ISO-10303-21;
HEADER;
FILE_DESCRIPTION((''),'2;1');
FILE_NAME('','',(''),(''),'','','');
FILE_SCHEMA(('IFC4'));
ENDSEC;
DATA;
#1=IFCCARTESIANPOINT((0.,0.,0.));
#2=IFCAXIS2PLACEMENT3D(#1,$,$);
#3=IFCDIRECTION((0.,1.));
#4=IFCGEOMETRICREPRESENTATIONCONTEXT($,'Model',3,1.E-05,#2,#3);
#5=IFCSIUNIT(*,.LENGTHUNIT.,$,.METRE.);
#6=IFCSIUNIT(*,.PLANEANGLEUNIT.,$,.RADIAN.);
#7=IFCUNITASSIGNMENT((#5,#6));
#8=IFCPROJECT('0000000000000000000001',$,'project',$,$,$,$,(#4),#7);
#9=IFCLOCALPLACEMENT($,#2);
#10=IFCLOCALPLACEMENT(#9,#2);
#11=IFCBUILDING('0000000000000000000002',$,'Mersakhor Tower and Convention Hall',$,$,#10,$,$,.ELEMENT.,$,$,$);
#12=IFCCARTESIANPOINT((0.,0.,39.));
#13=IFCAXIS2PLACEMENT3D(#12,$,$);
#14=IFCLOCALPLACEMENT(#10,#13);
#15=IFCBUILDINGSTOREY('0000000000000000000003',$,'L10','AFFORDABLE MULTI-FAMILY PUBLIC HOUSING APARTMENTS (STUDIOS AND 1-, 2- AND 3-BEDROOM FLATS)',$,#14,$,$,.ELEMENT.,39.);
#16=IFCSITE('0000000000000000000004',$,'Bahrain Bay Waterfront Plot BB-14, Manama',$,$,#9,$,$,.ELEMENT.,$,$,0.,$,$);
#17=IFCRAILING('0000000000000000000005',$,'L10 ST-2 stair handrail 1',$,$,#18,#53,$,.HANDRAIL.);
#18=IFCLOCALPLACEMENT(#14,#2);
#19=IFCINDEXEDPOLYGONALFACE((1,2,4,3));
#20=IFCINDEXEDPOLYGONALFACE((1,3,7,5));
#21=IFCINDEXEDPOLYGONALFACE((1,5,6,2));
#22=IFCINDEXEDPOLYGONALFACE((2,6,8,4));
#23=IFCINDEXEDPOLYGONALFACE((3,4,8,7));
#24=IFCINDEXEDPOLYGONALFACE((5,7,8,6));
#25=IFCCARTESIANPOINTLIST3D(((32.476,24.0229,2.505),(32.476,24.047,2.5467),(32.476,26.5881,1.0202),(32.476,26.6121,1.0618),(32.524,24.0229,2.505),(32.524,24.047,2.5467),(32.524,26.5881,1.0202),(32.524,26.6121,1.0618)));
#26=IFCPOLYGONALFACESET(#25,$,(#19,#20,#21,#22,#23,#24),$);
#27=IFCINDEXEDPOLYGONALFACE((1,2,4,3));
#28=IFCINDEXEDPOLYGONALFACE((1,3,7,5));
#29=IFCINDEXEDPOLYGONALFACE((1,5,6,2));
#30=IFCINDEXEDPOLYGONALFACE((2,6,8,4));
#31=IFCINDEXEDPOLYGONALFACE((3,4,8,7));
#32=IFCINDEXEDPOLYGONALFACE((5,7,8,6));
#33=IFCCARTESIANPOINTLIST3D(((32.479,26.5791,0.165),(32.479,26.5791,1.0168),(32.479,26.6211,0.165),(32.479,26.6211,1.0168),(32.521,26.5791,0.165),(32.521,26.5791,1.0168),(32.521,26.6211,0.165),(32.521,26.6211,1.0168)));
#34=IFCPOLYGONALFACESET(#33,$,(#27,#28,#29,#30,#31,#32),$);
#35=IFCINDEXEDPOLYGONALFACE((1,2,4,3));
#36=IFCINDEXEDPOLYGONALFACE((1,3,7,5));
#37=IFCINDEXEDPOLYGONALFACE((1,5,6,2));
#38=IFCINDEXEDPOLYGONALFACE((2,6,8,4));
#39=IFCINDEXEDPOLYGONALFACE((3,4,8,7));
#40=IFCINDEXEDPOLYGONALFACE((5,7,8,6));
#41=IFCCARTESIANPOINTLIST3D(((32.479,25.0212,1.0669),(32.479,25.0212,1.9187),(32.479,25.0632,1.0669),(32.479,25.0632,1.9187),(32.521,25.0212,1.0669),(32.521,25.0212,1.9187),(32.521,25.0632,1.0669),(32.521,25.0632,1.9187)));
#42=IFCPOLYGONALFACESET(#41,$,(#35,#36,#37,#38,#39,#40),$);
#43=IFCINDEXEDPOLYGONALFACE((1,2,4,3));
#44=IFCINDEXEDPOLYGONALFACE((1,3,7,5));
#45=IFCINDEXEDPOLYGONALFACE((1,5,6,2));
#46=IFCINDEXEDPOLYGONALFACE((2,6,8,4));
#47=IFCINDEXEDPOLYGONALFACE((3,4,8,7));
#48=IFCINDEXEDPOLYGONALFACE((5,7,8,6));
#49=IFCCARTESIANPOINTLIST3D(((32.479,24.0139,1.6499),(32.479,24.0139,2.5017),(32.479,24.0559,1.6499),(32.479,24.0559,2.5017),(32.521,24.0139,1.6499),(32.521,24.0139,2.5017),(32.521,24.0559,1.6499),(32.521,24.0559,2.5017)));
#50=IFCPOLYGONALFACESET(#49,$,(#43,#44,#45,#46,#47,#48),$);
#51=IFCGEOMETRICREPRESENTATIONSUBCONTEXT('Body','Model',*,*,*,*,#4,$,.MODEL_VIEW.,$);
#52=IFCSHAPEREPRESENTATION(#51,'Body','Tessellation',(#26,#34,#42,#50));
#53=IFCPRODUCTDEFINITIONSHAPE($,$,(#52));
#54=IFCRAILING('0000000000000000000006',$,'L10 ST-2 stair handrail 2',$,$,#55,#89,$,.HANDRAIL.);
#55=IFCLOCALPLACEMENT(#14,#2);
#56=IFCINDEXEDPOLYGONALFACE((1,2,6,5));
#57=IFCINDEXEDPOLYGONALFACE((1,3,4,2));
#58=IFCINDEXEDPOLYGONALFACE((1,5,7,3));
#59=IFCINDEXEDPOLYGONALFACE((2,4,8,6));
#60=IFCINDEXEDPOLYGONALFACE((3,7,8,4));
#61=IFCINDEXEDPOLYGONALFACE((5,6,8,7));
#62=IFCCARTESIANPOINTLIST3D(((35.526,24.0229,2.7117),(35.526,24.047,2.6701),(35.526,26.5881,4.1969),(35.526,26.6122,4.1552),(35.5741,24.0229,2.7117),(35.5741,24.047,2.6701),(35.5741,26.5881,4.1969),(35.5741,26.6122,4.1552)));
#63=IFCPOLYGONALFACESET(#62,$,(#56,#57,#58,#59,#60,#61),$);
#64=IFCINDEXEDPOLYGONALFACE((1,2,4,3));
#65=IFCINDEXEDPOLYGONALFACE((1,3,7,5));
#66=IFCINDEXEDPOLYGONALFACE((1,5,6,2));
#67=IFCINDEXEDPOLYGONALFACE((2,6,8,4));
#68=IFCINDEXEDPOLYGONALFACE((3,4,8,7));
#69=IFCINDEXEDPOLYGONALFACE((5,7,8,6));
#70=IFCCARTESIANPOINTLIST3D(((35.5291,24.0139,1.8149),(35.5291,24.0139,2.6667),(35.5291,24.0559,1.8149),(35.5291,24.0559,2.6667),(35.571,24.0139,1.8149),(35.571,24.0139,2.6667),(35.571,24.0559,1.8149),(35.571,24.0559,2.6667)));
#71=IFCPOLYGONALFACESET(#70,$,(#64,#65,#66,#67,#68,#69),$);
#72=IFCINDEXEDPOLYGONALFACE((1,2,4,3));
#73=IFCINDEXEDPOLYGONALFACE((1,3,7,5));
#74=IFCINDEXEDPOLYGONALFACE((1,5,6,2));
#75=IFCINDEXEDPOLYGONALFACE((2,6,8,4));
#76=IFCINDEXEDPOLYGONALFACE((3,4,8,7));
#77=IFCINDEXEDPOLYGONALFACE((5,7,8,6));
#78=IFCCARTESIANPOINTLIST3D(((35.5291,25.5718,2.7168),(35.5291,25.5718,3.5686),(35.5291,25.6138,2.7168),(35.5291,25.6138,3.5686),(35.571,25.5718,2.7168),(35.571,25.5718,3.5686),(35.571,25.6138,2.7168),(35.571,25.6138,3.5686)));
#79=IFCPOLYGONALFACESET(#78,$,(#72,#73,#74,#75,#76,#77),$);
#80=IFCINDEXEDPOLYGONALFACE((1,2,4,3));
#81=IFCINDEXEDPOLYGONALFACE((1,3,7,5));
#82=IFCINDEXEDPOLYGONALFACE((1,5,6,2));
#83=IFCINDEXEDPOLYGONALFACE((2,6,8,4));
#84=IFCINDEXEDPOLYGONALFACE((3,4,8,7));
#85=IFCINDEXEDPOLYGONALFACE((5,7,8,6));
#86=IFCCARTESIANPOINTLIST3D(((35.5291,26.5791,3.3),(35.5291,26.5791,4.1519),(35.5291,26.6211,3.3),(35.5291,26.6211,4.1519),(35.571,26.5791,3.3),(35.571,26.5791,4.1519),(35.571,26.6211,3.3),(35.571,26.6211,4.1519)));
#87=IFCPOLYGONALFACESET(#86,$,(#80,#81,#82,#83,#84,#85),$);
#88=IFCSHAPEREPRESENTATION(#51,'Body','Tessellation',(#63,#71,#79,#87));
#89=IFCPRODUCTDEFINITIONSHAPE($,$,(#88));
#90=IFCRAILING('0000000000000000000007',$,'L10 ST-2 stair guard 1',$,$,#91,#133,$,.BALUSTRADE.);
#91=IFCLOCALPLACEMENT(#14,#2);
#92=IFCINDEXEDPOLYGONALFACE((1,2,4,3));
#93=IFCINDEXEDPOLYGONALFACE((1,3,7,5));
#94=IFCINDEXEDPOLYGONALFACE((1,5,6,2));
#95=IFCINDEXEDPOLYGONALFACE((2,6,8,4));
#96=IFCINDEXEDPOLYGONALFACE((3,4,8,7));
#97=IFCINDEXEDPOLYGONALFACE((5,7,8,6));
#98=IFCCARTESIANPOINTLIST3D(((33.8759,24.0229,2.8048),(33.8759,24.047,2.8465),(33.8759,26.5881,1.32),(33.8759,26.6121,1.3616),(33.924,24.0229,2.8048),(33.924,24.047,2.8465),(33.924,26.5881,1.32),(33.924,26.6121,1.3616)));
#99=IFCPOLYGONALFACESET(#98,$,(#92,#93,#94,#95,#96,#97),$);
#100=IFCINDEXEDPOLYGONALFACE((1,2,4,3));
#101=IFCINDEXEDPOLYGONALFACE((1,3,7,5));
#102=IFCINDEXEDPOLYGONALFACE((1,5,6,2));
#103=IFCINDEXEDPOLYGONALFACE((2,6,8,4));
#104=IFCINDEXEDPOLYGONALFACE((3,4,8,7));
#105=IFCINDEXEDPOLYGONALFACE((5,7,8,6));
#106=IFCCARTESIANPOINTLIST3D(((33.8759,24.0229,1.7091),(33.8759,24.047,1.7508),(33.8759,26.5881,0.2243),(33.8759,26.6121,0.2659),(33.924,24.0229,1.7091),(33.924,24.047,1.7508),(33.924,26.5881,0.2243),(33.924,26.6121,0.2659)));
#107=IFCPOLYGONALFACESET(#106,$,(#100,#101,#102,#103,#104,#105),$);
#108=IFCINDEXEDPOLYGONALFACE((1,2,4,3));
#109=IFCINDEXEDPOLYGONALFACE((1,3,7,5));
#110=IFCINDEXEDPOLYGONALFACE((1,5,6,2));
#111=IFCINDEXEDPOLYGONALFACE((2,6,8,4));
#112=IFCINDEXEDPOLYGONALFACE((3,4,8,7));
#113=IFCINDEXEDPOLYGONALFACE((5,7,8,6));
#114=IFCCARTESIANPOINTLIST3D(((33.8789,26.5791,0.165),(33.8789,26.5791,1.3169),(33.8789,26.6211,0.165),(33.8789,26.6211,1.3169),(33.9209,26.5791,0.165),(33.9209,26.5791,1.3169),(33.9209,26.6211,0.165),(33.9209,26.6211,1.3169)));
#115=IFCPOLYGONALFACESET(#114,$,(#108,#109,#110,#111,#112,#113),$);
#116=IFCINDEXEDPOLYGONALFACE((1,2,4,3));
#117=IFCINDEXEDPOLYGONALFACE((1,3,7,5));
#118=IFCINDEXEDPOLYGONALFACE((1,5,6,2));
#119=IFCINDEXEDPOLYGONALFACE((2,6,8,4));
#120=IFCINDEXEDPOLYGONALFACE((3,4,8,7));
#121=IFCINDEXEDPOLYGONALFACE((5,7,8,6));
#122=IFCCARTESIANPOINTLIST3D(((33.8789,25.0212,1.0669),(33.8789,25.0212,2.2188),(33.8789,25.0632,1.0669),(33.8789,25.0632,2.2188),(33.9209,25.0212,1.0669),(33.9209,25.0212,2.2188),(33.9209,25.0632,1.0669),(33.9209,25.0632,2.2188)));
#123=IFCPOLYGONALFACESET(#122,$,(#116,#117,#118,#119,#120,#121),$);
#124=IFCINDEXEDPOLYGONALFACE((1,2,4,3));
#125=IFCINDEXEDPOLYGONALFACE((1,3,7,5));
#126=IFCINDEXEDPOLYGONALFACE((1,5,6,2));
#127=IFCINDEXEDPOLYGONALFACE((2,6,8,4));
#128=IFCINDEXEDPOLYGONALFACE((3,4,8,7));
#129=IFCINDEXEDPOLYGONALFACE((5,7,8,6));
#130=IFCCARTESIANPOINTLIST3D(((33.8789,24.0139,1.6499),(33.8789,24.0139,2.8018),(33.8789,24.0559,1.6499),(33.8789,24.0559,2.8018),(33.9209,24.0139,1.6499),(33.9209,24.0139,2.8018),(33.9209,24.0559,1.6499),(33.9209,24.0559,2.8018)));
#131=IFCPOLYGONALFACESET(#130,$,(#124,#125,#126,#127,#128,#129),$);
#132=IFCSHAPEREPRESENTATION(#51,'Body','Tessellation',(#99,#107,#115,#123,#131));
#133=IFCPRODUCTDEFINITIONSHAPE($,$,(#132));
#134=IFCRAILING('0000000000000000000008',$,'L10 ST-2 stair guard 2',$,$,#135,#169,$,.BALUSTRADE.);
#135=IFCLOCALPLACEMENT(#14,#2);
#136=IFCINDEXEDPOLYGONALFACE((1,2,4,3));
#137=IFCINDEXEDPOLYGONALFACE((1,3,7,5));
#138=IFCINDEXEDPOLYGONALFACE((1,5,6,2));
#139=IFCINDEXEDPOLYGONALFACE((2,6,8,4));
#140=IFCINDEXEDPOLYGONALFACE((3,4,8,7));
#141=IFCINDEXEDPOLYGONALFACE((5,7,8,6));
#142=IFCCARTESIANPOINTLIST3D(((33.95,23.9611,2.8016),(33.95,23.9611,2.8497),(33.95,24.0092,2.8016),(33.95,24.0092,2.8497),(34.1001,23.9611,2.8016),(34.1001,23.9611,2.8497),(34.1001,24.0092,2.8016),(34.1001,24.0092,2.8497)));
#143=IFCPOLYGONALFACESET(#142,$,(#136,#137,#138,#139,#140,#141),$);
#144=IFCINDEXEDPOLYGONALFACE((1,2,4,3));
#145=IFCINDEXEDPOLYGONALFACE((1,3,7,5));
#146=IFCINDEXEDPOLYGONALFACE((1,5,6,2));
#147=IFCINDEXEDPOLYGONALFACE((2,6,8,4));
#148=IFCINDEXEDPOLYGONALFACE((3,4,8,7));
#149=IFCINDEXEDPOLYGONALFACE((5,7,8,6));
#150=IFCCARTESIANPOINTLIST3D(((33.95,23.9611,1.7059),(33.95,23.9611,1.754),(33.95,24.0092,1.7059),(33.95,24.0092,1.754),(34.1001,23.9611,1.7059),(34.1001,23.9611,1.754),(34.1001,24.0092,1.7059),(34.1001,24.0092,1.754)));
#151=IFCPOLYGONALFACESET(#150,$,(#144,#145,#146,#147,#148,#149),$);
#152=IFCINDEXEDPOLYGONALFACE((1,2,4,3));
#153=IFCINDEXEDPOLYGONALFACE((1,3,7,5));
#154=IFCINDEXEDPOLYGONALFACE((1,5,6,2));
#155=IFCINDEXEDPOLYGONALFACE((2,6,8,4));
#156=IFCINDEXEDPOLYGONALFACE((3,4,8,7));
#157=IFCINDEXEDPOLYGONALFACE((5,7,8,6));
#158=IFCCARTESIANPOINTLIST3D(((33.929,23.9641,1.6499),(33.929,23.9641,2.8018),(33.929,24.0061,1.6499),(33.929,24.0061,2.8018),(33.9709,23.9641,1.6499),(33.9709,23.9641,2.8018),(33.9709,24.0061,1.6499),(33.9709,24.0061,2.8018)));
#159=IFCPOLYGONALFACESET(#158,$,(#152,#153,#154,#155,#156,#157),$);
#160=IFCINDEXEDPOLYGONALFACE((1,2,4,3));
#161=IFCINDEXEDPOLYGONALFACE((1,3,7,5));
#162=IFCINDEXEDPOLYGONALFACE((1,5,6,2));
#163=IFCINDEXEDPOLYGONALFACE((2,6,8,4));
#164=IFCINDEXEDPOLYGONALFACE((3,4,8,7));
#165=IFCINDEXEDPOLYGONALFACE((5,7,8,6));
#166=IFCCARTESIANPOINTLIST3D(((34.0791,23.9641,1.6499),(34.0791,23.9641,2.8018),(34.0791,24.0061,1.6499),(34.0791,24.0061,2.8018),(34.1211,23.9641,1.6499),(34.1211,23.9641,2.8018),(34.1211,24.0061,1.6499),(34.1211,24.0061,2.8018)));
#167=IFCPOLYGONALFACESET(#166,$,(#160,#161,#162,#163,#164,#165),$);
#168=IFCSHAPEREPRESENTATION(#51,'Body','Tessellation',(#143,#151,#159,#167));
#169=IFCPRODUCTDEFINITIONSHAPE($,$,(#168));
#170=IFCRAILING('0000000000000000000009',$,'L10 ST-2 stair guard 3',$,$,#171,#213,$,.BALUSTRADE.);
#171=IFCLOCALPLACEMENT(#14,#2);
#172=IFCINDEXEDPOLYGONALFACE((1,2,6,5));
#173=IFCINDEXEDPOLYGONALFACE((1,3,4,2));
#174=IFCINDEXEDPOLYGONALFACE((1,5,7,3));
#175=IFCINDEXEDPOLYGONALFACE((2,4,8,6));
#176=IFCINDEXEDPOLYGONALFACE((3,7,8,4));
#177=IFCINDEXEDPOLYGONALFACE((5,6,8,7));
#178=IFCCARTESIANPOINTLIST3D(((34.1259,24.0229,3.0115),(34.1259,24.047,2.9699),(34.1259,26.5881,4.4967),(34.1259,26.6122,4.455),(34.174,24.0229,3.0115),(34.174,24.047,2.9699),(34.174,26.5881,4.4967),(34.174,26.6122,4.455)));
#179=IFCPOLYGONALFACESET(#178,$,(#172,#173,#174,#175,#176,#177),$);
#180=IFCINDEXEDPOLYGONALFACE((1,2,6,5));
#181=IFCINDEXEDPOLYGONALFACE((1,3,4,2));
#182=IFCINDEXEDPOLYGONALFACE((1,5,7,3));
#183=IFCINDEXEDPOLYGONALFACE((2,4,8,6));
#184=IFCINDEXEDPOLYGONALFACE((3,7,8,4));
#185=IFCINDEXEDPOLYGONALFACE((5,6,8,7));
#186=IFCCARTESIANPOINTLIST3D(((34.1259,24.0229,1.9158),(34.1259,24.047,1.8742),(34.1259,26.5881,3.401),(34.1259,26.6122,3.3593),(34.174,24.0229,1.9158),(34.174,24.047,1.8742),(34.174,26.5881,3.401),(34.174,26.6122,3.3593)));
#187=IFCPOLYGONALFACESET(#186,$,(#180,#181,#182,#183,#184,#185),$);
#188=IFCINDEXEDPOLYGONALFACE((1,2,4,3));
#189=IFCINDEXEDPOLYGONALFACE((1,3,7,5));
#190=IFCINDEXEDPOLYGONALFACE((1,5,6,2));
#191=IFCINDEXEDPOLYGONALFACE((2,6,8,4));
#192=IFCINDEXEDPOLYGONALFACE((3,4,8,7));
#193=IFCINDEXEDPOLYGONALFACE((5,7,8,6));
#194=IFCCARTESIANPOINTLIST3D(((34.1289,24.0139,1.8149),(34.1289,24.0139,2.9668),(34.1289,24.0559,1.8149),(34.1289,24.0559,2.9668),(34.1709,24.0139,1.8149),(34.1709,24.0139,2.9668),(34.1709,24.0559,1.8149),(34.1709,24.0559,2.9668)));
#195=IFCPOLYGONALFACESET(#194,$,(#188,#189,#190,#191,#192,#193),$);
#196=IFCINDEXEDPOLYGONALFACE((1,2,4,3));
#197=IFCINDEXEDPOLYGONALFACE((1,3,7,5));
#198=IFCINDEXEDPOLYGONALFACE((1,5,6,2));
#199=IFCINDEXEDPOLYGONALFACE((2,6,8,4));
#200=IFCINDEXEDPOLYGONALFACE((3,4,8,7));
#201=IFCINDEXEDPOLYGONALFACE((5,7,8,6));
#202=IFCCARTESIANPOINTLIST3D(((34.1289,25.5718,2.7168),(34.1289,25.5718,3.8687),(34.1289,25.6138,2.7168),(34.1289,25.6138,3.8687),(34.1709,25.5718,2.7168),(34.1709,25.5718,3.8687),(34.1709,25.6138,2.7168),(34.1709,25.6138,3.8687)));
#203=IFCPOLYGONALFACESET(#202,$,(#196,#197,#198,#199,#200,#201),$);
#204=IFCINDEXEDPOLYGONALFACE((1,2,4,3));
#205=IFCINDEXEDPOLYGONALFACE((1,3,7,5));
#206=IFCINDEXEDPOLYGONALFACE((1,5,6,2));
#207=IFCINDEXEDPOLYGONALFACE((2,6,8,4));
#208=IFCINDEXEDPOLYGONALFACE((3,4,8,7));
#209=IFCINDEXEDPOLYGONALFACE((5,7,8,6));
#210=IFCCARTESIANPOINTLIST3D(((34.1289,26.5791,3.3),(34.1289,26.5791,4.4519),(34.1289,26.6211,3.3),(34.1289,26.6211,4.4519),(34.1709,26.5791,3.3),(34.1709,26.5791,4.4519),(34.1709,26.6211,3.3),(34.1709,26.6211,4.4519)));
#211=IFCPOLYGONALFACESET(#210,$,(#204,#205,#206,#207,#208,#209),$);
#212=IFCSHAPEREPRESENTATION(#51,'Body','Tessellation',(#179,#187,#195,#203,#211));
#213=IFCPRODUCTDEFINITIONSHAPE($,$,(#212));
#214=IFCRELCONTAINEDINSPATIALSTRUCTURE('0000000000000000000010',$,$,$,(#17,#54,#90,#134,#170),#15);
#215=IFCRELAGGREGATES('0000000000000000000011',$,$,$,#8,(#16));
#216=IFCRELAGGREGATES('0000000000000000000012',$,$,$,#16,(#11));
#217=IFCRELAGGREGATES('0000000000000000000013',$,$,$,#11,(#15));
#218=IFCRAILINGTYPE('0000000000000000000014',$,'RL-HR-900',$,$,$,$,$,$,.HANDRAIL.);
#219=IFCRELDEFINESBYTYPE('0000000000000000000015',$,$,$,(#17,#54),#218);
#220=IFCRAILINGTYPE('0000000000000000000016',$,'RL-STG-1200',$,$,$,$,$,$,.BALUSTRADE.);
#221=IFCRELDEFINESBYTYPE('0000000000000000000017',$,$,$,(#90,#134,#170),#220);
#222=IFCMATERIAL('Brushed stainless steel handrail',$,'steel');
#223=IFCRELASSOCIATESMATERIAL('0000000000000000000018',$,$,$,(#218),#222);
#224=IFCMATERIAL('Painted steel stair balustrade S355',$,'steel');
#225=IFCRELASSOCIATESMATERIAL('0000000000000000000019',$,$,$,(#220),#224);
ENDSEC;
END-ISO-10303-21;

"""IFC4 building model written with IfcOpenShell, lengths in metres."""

from ifc_helpers import new_model, si_unit, direction, frame, origin, origin_2d, place, context, subcontext, project, spatial, rectangle, extrude, material, type_object, element, save


model = new_model("IFC4")

# Units and contexts
model_context = context("Model", 3, precision=1e-05, world=origin(), true_north=direction((0.0, 1.0)))
body_context = subcontext(model_context, "Body", "Model", "MODEL_VIEW")
ifc_project = project(units=[si_unit("LENGTHUNIT", "METRE"), si_unit("PLANEANGLEUNIT", "RADIAN")], contexts=[model_context])

# Site, building, storey
site_placement = place(None, origin())
site = spatial("IfcSite", under=ifc_project, at=site_placement, Name="Bahrain Bay Waterfront Plot BB-14, Manama", CompositionType="ELEMENT", RefElevation=0.0)
building_placement = place(site_placement, origin())
building = spatial("IfcBuilding", under=site, at=building_placement, Name="Mersakhor Tower and Convention Hall", CompositionType="ELEMENT")
storey_placement = place(building_placement, frame((0.0, 0.0, 39.0)))
storey = spatial("IfcBuildingStorey", under=building, at=storey_placement, Name="L10", Description="AFFORDABLE MULTI-FAMILY PUBLIC HOUSING APARTMENTS (STUDIOS AND 1-, 2- AND 3-BEDROOM FLATS)", CompositionType="ELEMENT", Elevation=39.0)

# Railings
ifc_material_1 = material(Name="Brushed stainless steel handrail", Category="steel")
railing_type_1 = type_object("IfcRailingType", Name="RL-HR-900", PredefinedType="HANDRAIL", material=ifc_material_1)
railing_1_placement = place(storey_placement, frame((32.5, 26.6001, 0.165)))
element("IfcRailing", 1, at=railing_1_placement, inside=storey, type_object=railing_type_1, Name="L10 ST-2 stair handrail 1", PredefinedType="HANDRAIL", context=body_context, shape_type="SweptSolid", body=[
    extrude(rectangle(XDim=0.0481, YDim=0.0481, at=origin_2d()), frame((0.0, 0.0, 0.876), z_axis=(0.0, -0.865462, 0.500975), x_axis=(1.0, 0.0, 0.0)), (0.0, 0.0, 1.0), 2.9639),
    extrude(rectangle(XDim=0.042, YDim=0.042, at=origin_2d()), origin(), (0.0, 0.0, 1.0), 0.8518),
    extrude(rectangle(XDim=0.042, YDim=0.042, at=origin_2d()), frame((0.0, -1.5579, 0.9019)), (0.0, 0.0, 1.0), 0.8518),
    extrude(rectangle(XDim=0.042, YDim=0.042, at=origin_2d()), frame((0.0, -2.5652, 1.4849)), (0.0, 0.0, 1.0), 0.8518),
])
railing_2_placement = place(storey_placement, frame((35.55, 24.0349, 1.8149)))
element("IfcRailing", 2, at=railing_2_placement, inside=storey, type_object=railing_type_1, Name="L10 ST-2 stair handrail 2", PredefinedType="HANDRAIL", context=body_context, shape_type="SweptSolid", body=[
    extrude(rectangle(XDim=0.0481, YDim=0.0481, at=origin_2d()), frame((0.0, 0.0, 0.876), z_axis=(0.0, 0.865426, 0.501036), x_axis=(-1.0, 0.0, 0.0)), (0.0, 0.0, 1.0), 2.9641),
    extrude(rectangle(XDim=0.042, YDim=0.042, at=origin_2d()), origin(), (0.0, 0.0, 1.0), 0.8518),
    extrude(rectangle(XDim=0.042, YDim=0.042, at=origin_2d()), frame((0.0, 1.5579, 0.9019)), (0.0, 0.0, 1.0), 0.8518),
    extrude(rectangle(XDim=0.042, YDim=0.042, at=origin_2d()), frame((0.0, 2.5652, 1.4851)), (0.0, 0.0, 1.0), 0.8518),
])
ifc_material_2 = material(Name="Painted steel stair balustrade S355", Category="steel")
railing_type_2 = type_object("IfcRailingType", Name="RL-STG-1200", PredefinedType="BALUSTRADE", material=ifc_material_2)
railing_3_placement = place(storey_placement, frame((33.8999, 26.6001, 0.165)))
element("IfcRailing", 3, at=railing_3_placement, inside=storey, type_object=railing_type_2, Name="L10 ST-2 stair guard 1", PredefinedType="BALUSTRADE", context=body_context, shape_type="SweptSolid", body=[
    extrude(rectangle(XDim=0.0481, YDim=0.0481, at=origin_2d()), frame((0.0, 0.0, 1.1758), z_axis=(0.0, -0.865462, 0.500975), x_axis=(1.0, 0.0, 0.0)), (0.0, 0.0, 1.0), 2.9639),
    extrude(rectangle(XDim=0.0481, YDim=0.0481, at=origin_2d()), frame((0.0, 0.0, 0.0801), z_axis=(0.0, -0.865462, 0.500975), x_axis=(1.0, 0.0, 0.0)), (0.0, 0.0, 1.0), 2.9639),
    extrude(rectangle(XDim=0.042, YDim=0.042, at=origin_2d()), origin(), (0.0, 0.0, 1.0), 1.1519),
    extrude(rectangle(XDim=0.042, YDim=0.042, at=origin_2d()), frame((0.0, -1.5579, 0.9019)), (0.0, 0.0, 1.0), 1.1519),
    extrude(rectangle(XDim=0.042, YDim=0.042, at=origin_2d()), frame((0.0, -2.5652, 1.4849)), (0.0, 0.0, 1.0), 1.1519),
])
railing_4_placement = place(storey_placement, frame((33.95, 23.9851, 1.6499)))
element("IfcRailing", 4, at=railing_4_placement, inside=storey, type_object=railing_type_2, Name="L10 ST-2 stair guard 2", PredefinedType="BALUSTRADE", context=body_context, shape_type="SweptSolid", body=[
    extrude(rectangle(XDim=0.0481, YDim=0.0481, at=origin_2d()), frame((0.0, 0.0, 1.1758), z_axis=(1.0, 0.0, 0.0), x_axis=(0.0, 1.0, 0.0)), (0.0, 0.0, 1.0), 0.1501),
    extrude(rectangle(XDim=0.0481, YDim=0.0481, at=origin_2d()), frame((0.0, 0.0, 0.0801), z_axis=(1.0, 0.0, 0.0), x_axis=(0.0, 1.0, 0.0)), (0.0, 0.0, 1.0), 0.1501),
    extrude(rectangle(XDim=0.042, YDim=0.042, at=origin_2d()), origin(), (0.0, 0.0, 1.0), 1.1519),
    extrude(rectangle(XDim=0.042, YDim=0.042, at=origin_2d()), frame((0.1501, 0.0, 0.0)), (0.0, 0.0, 1.0), 1.1519),
])
railing_5_placement = place(storey_placement, frame((34.1499, 24.0349, 1.8149)))
element("IfcRailing", 5, at=railing_5_placement, inside=storey, type_object=railing_type_2, Name="L10 ST-2 stair guard 3", PredefinedType="BALUSTRADE", context=body_context, shape_type="SweptSolid", body=[
    extrude(rectangle(XDim=0.0481, YDim=0.0481, at=origin_2d()), frame((0.0, 0.0, 1.1758), z_axis=(0.0, 0.865426, 0.501036), x_axis=(-1.0, 0.0, 0.0)), (0.0, 0.0, 1.0), 2.9641),
    extrude(rectangle(XDim=0.0481, YDim=0.0481, at=origin_2d()), frame((0.0, 0.0, 0.0801), z_axis=(0.0, 0.865426, 0.501036), x_axis=(-1.0, 0.0, 0.0)), (0.0, 0.0, 1.0), 2.9641),
    extrude(rectangle(XDim=0.042, YDim=0.042, at=origin_2d()), origin(), (0.0, 0.0, 1.0), 1.1519),
    extrude(rectangle(XDim=0.042, YDim=0.042, at=origin_2d()), frame((0.0, 1.5579, 0.9019)), (0.0, 0.0, 1.0), 1.1519),
    extrude(rectangle(XDim=0.042, YDim=0.042, at=origin_2d()), frame((0.0, 2.5652, 1.4851)), (0.0, 0.0, 1.0), 1.1519),
])

save(model, "model.ifc")
